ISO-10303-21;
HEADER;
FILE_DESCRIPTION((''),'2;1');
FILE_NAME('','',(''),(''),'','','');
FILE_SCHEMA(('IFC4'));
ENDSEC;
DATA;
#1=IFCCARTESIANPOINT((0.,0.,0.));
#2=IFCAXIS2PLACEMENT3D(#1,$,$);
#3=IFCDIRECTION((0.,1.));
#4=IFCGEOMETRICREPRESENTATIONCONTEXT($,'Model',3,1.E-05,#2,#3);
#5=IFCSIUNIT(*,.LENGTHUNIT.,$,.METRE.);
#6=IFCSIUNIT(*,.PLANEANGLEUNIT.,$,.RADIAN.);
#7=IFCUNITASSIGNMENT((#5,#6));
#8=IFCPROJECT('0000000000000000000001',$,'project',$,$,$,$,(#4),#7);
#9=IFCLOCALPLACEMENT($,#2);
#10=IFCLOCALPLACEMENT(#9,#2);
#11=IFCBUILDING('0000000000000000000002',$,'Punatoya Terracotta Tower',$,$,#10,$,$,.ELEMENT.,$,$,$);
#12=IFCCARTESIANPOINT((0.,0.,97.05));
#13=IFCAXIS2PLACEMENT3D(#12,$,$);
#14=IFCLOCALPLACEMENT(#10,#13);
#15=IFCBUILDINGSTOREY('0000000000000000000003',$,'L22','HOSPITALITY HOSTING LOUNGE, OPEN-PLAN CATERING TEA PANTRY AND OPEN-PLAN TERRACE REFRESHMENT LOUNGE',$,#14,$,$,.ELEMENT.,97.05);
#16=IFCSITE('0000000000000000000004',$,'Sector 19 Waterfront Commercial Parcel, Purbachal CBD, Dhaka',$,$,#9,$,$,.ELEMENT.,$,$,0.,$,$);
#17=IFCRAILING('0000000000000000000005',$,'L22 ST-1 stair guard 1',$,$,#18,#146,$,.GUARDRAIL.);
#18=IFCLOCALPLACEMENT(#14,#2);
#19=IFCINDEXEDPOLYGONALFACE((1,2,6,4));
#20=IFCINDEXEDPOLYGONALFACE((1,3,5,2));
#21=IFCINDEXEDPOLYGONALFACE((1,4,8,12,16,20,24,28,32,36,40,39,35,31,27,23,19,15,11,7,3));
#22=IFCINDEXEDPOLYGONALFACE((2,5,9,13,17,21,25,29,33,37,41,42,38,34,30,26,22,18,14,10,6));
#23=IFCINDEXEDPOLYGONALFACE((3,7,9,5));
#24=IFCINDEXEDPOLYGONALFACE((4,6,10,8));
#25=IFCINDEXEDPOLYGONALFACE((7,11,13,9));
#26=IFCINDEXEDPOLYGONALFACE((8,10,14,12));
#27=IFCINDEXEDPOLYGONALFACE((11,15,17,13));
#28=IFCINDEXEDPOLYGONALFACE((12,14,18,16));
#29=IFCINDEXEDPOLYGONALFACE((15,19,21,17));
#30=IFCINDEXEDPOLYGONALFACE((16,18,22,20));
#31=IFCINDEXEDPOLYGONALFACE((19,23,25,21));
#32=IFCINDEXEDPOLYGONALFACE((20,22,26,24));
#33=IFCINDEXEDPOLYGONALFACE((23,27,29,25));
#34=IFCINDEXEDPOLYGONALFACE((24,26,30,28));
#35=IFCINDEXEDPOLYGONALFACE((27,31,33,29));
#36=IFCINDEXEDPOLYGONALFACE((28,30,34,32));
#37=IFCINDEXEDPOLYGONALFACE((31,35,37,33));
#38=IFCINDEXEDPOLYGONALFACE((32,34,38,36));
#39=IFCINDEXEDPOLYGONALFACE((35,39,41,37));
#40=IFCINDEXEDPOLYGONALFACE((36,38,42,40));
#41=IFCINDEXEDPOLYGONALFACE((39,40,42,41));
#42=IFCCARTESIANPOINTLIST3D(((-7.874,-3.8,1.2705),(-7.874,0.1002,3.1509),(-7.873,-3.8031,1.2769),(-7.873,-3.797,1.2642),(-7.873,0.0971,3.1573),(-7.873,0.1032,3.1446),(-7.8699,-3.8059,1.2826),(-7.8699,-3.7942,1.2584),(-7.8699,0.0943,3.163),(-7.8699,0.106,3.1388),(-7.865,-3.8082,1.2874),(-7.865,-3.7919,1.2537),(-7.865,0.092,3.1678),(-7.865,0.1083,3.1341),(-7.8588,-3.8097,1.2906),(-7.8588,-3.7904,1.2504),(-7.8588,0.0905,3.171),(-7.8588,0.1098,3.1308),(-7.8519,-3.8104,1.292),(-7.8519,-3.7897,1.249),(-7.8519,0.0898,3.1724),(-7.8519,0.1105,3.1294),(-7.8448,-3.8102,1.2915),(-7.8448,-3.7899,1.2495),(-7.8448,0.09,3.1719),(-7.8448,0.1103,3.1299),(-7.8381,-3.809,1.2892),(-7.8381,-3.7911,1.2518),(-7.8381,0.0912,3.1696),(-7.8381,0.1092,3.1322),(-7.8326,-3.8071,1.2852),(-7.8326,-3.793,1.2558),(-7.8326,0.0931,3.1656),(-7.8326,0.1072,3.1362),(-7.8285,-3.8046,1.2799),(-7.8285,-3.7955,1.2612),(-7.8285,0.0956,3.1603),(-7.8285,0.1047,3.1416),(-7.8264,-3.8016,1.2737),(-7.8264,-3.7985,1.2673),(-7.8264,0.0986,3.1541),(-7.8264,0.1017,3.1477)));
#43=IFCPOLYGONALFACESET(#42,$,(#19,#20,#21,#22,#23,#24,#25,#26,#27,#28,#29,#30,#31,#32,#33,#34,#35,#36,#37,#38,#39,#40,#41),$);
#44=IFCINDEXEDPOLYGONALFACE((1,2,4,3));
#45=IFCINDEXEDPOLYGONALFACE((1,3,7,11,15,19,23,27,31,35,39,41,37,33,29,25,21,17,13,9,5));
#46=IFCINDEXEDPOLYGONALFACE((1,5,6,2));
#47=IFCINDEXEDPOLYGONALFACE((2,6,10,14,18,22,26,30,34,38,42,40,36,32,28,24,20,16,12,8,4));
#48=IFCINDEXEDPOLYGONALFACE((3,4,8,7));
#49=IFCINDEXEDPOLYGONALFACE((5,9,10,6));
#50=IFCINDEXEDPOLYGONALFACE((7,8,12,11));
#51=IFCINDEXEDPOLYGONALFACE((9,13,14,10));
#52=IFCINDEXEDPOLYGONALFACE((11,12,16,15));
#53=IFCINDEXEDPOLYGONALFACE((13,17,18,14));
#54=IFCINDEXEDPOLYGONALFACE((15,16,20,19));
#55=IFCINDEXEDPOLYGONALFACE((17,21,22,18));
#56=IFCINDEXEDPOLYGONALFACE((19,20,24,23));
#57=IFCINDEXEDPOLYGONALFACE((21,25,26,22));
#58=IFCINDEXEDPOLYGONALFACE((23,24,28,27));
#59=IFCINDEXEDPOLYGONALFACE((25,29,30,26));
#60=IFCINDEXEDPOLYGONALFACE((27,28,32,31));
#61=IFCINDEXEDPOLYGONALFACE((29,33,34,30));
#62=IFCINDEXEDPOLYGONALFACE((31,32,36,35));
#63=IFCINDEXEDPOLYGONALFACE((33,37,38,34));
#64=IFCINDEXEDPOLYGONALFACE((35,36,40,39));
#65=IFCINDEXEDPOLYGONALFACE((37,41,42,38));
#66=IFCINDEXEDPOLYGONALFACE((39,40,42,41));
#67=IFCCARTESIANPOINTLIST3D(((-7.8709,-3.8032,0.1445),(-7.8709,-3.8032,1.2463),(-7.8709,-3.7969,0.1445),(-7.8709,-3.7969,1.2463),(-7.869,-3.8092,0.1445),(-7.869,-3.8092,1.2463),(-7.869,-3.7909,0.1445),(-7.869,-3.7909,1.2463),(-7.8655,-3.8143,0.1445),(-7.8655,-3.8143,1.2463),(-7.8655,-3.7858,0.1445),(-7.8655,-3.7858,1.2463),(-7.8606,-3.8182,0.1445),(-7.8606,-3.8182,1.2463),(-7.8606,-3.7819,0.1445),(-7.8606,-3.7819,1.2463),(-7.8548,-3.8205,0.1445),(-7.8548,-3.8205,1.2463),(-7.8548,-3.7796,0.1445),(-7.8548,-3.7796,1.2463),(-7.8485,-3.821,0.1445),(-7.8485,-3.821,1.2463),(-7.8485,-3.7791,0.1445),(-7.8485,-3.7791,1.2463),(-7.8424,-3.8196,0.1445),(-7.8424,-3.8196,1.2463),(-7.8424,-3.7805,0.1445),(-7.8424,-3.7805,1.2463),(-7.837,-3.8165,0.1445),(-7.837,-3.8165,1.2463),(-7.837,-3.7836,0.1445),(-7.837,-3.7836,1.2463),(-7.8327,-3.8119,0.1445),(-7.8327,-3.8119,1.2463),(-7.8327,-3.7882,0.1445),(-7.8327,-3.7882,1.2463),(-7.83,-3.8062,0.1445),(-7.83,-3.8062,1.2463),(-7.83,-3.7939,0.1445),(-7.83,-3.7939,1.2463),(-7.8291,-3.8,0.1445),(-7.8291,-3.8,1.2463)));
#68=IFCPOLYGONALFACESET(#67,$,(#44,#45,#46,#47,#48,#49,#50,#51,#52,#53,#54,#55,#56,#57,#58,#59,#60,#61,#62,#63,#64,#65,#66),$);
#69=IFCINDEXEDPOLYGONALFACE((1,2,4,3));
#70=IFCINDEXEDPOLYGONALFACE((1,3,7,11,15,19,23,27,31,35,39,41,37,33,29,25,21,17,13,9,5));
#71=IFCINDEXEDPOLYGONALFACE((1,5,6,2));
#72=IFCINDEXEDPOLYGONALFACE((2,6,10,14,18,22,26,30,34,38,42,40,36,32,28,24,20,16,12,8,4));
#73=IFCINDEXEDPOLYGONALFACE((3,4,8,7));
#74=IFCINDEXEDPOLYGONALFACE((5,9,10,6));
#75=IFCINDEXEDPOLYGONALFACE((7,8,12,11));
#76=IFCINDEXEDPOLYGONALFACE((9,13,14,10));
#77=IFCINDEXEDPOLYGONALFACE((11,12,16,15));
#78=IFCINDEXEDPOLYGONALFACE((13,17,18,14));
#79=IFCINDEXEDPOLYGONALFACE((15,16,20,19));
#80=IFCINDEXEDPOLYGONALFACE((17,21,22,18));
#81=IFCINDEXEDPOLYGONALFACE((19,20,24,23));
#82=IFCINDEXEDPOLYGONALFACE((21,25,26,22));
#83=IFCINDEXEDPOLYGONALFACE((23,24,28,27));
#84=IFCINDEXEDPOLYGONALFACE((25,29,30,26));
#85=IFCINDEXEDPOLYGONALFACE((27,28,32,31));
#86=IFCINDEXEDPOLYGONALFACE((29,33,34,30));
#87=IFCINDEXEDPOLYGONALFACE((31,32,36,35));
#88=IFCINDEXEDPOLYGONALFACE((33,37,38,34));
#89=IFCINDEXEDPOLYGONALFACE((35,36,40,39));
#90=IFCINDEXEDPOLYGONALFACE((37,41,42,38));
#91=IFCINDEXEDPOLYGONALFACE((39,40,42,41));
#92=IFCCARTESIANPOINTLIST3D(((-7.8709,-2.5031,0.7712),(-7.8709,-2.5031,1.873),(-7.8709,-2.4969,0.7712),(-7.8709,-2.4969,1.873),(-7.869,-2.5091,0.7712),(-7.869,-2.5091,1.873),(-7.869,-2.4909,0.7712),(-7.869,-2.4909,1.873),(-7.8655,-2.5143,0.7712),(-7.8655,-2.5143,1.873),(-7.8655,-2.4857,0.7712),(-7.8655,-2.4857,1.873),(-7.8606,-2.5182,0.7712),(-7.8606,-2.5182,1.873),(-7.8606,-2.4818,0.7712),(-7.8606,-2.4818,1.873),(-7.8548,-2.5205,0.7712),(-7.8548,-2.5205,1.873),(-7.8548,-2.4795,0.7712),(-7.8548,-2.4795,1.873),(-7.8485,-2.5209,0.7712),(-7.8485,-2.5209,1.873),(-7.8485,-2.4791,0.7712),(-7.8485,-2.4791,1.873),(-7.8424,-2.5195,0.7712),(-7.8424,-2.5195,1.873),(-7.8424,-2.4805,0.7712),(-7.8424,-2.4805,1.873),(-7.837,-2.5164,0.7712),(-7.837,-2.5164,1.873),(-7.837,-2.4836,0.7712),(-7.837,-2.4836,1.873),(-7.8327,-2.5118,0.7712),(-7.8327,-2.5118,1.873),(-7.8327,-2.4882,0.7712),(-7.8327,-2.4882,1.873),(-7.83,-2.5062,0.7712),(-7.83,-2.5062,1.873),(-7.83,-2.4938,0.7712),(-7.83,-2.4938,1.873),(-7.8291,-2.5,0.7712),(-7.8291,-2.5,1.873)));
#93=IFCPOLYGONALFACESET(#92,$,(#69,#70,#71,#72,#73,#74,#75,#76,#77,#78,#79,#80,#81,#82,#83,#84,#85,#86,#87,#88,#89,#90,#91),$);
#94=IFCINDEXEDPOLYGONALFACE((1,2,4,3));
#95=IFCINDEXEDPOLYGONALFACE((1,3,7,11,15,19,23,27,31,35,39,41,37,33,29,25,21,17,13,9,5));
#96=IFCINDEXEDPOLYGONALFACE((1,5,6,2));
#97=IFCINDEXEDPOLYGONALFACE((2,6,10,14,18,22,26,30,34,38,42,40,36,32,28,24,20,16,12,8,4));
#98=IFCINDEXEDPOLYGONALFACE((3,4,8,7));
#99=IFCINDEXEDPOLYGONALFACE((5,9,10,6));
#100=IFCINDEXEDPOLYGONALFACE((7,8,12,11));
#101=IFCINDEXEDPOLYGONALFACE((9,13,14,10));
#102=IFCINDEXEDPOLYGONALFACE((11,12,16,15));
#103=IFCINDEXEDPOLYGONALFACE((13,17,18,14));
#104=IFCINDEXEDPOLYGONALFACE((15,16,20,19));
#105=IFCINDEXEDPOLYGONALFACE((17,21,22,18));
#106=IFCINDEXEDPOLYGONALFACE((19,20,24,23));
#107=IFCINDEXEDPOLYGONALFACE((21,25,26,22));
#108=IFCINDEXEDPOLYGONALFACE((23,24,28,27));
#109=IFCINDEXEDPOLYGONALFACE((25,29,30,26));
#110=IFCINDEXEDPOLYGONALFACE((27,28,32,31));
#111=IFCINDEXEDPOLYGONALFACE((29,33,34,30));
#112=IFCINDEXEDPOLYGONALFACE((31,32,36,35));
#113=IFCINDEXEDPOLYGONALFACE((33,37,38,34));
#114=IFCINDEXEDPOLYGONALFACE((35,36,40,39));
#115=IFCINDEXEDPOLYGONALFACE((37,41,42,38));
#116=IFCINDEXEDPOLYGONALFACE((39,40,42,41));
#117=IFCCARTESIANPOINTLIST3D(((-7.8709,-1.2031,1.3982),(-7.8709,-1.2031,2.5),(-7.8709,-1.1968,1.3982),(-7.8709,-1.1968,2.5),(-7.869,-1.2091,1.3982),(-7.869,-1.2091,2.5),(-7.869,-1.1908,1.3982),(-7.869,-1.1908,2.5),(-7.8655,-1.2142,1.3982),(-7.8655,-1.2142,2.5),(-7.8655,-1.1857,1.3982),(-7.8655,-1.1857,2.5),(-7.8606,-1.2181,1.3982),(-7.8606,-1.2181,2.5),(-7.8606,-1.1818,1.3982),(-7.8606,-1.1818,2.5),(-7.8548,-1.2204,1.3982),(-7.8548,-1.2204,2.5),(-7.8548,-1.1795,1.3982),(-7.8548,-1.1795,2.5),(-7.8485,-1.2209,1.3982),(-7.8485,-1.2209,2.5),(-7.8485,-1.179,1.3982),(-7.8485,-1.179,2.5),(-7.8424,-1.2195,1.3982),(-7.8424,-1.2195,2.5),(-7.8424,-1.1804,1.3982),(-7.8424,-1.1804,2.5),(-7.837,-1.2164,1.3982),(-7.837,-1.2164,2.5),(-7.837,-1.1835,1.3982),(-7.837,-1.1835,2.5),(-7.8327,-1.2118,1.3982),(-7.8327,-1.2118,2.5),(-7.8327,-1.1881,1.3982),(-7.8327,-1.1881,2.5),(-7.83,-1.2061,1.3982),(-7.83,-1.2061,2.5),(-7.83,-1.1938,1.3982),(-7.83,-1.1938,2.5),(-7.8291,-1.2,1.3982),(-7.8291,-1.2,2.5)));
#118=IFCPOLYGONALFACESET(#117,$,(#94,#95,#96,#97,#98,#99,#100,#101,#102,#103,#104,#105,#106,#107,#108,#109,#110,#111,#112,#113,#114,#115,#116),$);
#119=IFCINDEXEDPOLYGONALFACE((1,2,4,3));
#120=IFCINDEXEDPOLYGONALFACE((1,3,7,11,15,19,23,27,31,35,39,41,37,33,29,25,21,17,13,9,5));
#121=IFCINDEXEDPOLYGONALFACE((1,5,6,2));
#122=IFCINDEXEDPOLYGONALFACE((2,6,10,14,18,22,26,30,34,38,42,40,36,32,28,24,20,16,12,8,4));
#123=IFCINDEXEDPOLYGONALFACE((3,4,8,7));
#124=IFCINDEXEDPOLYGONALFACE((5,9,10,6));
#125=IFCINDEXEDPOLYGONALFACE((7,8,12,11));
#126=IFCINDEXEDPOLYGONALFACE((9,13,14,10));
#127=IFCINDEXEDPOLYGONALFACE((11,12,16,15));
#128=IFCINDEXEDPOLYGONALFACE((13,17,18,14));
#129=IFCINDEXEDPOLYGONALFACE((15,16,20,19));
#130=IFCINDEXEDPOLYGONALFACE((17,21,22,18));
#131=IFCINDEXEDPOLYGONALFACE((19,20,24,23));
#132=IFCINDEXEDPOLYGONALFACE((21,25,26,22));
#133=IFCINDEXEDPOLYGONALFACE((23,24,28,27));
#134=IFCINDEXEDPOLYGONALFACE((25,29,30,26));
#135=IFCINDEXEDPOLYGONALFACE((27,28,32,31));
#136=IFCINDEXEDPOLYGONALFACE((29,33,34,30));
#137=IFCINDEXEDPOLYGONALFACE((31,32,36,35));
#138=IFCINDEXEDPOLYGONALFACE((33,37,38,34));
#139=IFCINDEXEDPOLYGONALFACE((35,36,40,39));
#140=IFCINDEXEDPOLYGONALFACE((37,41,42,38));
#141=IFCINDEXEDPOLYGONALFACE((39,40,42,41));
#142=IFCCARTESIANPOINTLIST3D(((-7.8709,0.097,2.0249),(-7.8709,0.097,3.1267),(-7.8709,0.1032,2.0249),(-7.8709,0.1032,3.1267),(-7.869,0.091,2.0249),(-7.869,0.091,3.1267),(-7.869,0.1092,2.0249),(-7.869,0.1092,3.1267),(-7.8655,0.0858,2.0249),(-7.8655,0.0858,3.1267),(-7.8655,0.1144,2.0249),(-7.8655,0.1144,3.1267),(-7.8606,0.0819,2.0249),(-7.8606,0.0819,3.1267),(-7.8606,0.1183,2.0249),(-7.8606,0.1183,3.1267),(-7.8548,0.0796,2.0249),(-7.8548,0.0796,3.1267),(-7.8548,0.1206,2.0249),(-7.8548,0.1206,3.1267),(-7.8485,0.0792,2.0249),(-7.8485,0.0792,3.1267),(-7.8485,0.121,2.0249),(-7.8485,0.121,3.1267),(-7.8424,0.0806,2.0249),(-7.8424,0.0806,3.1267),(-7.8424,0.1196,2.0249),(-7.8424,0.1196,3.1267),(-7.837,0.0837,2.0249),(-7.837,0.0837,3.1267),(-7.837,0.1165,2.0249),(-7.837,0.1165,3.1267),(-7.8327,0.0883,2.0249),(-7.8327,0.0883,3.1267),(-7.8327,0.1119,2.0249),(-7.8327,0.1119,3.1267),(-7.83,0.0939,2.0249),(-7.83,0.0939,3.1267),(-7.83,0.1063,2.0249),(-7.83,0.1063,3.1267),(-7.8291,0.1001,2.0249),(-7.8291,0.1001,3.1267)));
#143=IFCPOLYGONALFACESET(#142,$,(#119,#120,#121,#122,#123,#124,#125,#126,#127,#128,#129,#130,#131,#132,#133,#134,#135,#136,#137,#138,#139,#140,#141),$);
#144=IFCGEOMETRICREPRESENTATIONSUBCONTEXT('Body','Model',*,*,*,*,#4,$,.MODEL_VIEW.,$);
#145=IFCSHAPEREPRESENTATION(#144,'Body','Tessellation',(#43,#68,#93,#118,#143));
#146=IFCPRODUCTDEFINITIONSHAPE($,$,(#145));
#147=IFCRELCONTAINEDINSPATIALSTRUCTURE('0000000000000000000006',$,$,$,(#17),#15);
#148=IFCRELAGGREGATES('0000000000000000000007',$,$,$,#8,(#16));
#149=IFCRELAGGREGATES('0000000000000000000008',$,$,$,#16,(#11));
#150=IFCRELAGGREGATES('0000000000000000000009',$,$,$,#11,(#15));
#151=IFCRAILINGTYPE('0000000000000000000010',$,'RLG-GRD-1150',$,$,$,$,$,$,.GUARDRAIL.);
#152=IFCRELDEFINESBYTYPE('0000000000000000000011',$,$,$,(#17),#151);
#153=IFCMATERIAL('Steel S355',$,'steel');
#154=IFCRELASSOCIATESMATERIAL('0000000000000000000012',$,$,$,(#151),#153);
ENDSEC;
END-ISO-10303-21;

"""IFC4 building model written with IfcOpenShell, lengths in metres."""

from ifc_helpers import new_model, si_unit, direction, frame, origin, origin_2d, place, context, subcontext, project, spatial, circle, extrude, material, type_object, element, save


model = new_model("IFC4")

# Units and contexts
model_context = context("Model", 3, precision=1e-05, world=origin(), true_north=direction((0.0, 1.0)))
body_context = subcontext(model_context, "Body", "Model", "MODEL_VIEW")
ifc_project = project(units=[si_unit("LENGTHUNIT", "METRE"), si_unit("PLANEANGLEUNIT", "RADIAN")], contexts=[model_context])

# Site, building, storey
site_placement = place(None, origin())
site = spatial("IfcSite", under=ifc_project, at=site_placement, Name="Sector 19 Waterfront Commercial Parcel, Purbachal CBD, Dhaka", CompositionType="ELEMENT", RefElevation=0.0)
building_placement = place(site_placement, origin())
building = spatial("IfcBuilding", under=site, at=building_placement, Name="Punatoya Terracotta Tower", CompositionType="ELEMENT")
storey_placement = place(building_placement, frame((0.0, 0.0, 97.05)))
storey = spatial("IfcBuildingStorey", under=building, at=storey_placement, Name="L22", Description="HOSPITALITY HOSTING LOUNGE, OPEN-PLAN CATERING TEA PANTRY AND OPEN-PLAN TERRACE REFRESHMENT LOUNGE", CompositionType="ELEMENT", Elevation=97.05)

# Shared definitions
ifc_material_1 = material(Name="Steel S355", Category="steel")

# Railing
railing_type_1 = type_object("IfcRailingType", Name="RLG-GRD-1150", PredefinedType="GUARDRAIL", material=ifc_material_1)
railing_1_placement = place(storey_placement, frame((-7.8501, -3.8, 0.1445)))
element("IfcRailing", 1, at=railing_1_placement, inside=storey, type_object=railing_type_1, Name="L22 ST-1 stair guard 1", PredefinedType="GUARDRAIL", context=body_context, shape_type="SweptSolid", body=[
    extrude(circle(Radius=0.0239, at=origin_2d()), frame((0.0, 0.0, 1.126), z_axis=(0.0, 0.900774, 0.434289), x_axis=(-1.0, 0.0, 0.0)), (0.0, 0.0, 1.0), 4.3298),
    extrude(circle(Radius=0.021, at=origin_2d()), origin(), (0.0, 0.0, 1.0), 1.1018),
    extrude(circle(Radius=0.021, at=origin_2d()), frame((0.0, 1.3, 0.6267)), (0.0, 0.0, 1.0), 1.1018),
    extrude(circle(Radius=0.021, at=origin_2d()), frame((0.0, 2.6001, 1.2537)), (0.0, 0.0, 1.0), 1.1018),
    extrude(circle(Radius=0.021, at=origin_2d()), frame((0.0, 3.9001, 1.8804)), (0.0, 0.0, 1.0), 1.1018),
])

save(model, "model.ifc")
